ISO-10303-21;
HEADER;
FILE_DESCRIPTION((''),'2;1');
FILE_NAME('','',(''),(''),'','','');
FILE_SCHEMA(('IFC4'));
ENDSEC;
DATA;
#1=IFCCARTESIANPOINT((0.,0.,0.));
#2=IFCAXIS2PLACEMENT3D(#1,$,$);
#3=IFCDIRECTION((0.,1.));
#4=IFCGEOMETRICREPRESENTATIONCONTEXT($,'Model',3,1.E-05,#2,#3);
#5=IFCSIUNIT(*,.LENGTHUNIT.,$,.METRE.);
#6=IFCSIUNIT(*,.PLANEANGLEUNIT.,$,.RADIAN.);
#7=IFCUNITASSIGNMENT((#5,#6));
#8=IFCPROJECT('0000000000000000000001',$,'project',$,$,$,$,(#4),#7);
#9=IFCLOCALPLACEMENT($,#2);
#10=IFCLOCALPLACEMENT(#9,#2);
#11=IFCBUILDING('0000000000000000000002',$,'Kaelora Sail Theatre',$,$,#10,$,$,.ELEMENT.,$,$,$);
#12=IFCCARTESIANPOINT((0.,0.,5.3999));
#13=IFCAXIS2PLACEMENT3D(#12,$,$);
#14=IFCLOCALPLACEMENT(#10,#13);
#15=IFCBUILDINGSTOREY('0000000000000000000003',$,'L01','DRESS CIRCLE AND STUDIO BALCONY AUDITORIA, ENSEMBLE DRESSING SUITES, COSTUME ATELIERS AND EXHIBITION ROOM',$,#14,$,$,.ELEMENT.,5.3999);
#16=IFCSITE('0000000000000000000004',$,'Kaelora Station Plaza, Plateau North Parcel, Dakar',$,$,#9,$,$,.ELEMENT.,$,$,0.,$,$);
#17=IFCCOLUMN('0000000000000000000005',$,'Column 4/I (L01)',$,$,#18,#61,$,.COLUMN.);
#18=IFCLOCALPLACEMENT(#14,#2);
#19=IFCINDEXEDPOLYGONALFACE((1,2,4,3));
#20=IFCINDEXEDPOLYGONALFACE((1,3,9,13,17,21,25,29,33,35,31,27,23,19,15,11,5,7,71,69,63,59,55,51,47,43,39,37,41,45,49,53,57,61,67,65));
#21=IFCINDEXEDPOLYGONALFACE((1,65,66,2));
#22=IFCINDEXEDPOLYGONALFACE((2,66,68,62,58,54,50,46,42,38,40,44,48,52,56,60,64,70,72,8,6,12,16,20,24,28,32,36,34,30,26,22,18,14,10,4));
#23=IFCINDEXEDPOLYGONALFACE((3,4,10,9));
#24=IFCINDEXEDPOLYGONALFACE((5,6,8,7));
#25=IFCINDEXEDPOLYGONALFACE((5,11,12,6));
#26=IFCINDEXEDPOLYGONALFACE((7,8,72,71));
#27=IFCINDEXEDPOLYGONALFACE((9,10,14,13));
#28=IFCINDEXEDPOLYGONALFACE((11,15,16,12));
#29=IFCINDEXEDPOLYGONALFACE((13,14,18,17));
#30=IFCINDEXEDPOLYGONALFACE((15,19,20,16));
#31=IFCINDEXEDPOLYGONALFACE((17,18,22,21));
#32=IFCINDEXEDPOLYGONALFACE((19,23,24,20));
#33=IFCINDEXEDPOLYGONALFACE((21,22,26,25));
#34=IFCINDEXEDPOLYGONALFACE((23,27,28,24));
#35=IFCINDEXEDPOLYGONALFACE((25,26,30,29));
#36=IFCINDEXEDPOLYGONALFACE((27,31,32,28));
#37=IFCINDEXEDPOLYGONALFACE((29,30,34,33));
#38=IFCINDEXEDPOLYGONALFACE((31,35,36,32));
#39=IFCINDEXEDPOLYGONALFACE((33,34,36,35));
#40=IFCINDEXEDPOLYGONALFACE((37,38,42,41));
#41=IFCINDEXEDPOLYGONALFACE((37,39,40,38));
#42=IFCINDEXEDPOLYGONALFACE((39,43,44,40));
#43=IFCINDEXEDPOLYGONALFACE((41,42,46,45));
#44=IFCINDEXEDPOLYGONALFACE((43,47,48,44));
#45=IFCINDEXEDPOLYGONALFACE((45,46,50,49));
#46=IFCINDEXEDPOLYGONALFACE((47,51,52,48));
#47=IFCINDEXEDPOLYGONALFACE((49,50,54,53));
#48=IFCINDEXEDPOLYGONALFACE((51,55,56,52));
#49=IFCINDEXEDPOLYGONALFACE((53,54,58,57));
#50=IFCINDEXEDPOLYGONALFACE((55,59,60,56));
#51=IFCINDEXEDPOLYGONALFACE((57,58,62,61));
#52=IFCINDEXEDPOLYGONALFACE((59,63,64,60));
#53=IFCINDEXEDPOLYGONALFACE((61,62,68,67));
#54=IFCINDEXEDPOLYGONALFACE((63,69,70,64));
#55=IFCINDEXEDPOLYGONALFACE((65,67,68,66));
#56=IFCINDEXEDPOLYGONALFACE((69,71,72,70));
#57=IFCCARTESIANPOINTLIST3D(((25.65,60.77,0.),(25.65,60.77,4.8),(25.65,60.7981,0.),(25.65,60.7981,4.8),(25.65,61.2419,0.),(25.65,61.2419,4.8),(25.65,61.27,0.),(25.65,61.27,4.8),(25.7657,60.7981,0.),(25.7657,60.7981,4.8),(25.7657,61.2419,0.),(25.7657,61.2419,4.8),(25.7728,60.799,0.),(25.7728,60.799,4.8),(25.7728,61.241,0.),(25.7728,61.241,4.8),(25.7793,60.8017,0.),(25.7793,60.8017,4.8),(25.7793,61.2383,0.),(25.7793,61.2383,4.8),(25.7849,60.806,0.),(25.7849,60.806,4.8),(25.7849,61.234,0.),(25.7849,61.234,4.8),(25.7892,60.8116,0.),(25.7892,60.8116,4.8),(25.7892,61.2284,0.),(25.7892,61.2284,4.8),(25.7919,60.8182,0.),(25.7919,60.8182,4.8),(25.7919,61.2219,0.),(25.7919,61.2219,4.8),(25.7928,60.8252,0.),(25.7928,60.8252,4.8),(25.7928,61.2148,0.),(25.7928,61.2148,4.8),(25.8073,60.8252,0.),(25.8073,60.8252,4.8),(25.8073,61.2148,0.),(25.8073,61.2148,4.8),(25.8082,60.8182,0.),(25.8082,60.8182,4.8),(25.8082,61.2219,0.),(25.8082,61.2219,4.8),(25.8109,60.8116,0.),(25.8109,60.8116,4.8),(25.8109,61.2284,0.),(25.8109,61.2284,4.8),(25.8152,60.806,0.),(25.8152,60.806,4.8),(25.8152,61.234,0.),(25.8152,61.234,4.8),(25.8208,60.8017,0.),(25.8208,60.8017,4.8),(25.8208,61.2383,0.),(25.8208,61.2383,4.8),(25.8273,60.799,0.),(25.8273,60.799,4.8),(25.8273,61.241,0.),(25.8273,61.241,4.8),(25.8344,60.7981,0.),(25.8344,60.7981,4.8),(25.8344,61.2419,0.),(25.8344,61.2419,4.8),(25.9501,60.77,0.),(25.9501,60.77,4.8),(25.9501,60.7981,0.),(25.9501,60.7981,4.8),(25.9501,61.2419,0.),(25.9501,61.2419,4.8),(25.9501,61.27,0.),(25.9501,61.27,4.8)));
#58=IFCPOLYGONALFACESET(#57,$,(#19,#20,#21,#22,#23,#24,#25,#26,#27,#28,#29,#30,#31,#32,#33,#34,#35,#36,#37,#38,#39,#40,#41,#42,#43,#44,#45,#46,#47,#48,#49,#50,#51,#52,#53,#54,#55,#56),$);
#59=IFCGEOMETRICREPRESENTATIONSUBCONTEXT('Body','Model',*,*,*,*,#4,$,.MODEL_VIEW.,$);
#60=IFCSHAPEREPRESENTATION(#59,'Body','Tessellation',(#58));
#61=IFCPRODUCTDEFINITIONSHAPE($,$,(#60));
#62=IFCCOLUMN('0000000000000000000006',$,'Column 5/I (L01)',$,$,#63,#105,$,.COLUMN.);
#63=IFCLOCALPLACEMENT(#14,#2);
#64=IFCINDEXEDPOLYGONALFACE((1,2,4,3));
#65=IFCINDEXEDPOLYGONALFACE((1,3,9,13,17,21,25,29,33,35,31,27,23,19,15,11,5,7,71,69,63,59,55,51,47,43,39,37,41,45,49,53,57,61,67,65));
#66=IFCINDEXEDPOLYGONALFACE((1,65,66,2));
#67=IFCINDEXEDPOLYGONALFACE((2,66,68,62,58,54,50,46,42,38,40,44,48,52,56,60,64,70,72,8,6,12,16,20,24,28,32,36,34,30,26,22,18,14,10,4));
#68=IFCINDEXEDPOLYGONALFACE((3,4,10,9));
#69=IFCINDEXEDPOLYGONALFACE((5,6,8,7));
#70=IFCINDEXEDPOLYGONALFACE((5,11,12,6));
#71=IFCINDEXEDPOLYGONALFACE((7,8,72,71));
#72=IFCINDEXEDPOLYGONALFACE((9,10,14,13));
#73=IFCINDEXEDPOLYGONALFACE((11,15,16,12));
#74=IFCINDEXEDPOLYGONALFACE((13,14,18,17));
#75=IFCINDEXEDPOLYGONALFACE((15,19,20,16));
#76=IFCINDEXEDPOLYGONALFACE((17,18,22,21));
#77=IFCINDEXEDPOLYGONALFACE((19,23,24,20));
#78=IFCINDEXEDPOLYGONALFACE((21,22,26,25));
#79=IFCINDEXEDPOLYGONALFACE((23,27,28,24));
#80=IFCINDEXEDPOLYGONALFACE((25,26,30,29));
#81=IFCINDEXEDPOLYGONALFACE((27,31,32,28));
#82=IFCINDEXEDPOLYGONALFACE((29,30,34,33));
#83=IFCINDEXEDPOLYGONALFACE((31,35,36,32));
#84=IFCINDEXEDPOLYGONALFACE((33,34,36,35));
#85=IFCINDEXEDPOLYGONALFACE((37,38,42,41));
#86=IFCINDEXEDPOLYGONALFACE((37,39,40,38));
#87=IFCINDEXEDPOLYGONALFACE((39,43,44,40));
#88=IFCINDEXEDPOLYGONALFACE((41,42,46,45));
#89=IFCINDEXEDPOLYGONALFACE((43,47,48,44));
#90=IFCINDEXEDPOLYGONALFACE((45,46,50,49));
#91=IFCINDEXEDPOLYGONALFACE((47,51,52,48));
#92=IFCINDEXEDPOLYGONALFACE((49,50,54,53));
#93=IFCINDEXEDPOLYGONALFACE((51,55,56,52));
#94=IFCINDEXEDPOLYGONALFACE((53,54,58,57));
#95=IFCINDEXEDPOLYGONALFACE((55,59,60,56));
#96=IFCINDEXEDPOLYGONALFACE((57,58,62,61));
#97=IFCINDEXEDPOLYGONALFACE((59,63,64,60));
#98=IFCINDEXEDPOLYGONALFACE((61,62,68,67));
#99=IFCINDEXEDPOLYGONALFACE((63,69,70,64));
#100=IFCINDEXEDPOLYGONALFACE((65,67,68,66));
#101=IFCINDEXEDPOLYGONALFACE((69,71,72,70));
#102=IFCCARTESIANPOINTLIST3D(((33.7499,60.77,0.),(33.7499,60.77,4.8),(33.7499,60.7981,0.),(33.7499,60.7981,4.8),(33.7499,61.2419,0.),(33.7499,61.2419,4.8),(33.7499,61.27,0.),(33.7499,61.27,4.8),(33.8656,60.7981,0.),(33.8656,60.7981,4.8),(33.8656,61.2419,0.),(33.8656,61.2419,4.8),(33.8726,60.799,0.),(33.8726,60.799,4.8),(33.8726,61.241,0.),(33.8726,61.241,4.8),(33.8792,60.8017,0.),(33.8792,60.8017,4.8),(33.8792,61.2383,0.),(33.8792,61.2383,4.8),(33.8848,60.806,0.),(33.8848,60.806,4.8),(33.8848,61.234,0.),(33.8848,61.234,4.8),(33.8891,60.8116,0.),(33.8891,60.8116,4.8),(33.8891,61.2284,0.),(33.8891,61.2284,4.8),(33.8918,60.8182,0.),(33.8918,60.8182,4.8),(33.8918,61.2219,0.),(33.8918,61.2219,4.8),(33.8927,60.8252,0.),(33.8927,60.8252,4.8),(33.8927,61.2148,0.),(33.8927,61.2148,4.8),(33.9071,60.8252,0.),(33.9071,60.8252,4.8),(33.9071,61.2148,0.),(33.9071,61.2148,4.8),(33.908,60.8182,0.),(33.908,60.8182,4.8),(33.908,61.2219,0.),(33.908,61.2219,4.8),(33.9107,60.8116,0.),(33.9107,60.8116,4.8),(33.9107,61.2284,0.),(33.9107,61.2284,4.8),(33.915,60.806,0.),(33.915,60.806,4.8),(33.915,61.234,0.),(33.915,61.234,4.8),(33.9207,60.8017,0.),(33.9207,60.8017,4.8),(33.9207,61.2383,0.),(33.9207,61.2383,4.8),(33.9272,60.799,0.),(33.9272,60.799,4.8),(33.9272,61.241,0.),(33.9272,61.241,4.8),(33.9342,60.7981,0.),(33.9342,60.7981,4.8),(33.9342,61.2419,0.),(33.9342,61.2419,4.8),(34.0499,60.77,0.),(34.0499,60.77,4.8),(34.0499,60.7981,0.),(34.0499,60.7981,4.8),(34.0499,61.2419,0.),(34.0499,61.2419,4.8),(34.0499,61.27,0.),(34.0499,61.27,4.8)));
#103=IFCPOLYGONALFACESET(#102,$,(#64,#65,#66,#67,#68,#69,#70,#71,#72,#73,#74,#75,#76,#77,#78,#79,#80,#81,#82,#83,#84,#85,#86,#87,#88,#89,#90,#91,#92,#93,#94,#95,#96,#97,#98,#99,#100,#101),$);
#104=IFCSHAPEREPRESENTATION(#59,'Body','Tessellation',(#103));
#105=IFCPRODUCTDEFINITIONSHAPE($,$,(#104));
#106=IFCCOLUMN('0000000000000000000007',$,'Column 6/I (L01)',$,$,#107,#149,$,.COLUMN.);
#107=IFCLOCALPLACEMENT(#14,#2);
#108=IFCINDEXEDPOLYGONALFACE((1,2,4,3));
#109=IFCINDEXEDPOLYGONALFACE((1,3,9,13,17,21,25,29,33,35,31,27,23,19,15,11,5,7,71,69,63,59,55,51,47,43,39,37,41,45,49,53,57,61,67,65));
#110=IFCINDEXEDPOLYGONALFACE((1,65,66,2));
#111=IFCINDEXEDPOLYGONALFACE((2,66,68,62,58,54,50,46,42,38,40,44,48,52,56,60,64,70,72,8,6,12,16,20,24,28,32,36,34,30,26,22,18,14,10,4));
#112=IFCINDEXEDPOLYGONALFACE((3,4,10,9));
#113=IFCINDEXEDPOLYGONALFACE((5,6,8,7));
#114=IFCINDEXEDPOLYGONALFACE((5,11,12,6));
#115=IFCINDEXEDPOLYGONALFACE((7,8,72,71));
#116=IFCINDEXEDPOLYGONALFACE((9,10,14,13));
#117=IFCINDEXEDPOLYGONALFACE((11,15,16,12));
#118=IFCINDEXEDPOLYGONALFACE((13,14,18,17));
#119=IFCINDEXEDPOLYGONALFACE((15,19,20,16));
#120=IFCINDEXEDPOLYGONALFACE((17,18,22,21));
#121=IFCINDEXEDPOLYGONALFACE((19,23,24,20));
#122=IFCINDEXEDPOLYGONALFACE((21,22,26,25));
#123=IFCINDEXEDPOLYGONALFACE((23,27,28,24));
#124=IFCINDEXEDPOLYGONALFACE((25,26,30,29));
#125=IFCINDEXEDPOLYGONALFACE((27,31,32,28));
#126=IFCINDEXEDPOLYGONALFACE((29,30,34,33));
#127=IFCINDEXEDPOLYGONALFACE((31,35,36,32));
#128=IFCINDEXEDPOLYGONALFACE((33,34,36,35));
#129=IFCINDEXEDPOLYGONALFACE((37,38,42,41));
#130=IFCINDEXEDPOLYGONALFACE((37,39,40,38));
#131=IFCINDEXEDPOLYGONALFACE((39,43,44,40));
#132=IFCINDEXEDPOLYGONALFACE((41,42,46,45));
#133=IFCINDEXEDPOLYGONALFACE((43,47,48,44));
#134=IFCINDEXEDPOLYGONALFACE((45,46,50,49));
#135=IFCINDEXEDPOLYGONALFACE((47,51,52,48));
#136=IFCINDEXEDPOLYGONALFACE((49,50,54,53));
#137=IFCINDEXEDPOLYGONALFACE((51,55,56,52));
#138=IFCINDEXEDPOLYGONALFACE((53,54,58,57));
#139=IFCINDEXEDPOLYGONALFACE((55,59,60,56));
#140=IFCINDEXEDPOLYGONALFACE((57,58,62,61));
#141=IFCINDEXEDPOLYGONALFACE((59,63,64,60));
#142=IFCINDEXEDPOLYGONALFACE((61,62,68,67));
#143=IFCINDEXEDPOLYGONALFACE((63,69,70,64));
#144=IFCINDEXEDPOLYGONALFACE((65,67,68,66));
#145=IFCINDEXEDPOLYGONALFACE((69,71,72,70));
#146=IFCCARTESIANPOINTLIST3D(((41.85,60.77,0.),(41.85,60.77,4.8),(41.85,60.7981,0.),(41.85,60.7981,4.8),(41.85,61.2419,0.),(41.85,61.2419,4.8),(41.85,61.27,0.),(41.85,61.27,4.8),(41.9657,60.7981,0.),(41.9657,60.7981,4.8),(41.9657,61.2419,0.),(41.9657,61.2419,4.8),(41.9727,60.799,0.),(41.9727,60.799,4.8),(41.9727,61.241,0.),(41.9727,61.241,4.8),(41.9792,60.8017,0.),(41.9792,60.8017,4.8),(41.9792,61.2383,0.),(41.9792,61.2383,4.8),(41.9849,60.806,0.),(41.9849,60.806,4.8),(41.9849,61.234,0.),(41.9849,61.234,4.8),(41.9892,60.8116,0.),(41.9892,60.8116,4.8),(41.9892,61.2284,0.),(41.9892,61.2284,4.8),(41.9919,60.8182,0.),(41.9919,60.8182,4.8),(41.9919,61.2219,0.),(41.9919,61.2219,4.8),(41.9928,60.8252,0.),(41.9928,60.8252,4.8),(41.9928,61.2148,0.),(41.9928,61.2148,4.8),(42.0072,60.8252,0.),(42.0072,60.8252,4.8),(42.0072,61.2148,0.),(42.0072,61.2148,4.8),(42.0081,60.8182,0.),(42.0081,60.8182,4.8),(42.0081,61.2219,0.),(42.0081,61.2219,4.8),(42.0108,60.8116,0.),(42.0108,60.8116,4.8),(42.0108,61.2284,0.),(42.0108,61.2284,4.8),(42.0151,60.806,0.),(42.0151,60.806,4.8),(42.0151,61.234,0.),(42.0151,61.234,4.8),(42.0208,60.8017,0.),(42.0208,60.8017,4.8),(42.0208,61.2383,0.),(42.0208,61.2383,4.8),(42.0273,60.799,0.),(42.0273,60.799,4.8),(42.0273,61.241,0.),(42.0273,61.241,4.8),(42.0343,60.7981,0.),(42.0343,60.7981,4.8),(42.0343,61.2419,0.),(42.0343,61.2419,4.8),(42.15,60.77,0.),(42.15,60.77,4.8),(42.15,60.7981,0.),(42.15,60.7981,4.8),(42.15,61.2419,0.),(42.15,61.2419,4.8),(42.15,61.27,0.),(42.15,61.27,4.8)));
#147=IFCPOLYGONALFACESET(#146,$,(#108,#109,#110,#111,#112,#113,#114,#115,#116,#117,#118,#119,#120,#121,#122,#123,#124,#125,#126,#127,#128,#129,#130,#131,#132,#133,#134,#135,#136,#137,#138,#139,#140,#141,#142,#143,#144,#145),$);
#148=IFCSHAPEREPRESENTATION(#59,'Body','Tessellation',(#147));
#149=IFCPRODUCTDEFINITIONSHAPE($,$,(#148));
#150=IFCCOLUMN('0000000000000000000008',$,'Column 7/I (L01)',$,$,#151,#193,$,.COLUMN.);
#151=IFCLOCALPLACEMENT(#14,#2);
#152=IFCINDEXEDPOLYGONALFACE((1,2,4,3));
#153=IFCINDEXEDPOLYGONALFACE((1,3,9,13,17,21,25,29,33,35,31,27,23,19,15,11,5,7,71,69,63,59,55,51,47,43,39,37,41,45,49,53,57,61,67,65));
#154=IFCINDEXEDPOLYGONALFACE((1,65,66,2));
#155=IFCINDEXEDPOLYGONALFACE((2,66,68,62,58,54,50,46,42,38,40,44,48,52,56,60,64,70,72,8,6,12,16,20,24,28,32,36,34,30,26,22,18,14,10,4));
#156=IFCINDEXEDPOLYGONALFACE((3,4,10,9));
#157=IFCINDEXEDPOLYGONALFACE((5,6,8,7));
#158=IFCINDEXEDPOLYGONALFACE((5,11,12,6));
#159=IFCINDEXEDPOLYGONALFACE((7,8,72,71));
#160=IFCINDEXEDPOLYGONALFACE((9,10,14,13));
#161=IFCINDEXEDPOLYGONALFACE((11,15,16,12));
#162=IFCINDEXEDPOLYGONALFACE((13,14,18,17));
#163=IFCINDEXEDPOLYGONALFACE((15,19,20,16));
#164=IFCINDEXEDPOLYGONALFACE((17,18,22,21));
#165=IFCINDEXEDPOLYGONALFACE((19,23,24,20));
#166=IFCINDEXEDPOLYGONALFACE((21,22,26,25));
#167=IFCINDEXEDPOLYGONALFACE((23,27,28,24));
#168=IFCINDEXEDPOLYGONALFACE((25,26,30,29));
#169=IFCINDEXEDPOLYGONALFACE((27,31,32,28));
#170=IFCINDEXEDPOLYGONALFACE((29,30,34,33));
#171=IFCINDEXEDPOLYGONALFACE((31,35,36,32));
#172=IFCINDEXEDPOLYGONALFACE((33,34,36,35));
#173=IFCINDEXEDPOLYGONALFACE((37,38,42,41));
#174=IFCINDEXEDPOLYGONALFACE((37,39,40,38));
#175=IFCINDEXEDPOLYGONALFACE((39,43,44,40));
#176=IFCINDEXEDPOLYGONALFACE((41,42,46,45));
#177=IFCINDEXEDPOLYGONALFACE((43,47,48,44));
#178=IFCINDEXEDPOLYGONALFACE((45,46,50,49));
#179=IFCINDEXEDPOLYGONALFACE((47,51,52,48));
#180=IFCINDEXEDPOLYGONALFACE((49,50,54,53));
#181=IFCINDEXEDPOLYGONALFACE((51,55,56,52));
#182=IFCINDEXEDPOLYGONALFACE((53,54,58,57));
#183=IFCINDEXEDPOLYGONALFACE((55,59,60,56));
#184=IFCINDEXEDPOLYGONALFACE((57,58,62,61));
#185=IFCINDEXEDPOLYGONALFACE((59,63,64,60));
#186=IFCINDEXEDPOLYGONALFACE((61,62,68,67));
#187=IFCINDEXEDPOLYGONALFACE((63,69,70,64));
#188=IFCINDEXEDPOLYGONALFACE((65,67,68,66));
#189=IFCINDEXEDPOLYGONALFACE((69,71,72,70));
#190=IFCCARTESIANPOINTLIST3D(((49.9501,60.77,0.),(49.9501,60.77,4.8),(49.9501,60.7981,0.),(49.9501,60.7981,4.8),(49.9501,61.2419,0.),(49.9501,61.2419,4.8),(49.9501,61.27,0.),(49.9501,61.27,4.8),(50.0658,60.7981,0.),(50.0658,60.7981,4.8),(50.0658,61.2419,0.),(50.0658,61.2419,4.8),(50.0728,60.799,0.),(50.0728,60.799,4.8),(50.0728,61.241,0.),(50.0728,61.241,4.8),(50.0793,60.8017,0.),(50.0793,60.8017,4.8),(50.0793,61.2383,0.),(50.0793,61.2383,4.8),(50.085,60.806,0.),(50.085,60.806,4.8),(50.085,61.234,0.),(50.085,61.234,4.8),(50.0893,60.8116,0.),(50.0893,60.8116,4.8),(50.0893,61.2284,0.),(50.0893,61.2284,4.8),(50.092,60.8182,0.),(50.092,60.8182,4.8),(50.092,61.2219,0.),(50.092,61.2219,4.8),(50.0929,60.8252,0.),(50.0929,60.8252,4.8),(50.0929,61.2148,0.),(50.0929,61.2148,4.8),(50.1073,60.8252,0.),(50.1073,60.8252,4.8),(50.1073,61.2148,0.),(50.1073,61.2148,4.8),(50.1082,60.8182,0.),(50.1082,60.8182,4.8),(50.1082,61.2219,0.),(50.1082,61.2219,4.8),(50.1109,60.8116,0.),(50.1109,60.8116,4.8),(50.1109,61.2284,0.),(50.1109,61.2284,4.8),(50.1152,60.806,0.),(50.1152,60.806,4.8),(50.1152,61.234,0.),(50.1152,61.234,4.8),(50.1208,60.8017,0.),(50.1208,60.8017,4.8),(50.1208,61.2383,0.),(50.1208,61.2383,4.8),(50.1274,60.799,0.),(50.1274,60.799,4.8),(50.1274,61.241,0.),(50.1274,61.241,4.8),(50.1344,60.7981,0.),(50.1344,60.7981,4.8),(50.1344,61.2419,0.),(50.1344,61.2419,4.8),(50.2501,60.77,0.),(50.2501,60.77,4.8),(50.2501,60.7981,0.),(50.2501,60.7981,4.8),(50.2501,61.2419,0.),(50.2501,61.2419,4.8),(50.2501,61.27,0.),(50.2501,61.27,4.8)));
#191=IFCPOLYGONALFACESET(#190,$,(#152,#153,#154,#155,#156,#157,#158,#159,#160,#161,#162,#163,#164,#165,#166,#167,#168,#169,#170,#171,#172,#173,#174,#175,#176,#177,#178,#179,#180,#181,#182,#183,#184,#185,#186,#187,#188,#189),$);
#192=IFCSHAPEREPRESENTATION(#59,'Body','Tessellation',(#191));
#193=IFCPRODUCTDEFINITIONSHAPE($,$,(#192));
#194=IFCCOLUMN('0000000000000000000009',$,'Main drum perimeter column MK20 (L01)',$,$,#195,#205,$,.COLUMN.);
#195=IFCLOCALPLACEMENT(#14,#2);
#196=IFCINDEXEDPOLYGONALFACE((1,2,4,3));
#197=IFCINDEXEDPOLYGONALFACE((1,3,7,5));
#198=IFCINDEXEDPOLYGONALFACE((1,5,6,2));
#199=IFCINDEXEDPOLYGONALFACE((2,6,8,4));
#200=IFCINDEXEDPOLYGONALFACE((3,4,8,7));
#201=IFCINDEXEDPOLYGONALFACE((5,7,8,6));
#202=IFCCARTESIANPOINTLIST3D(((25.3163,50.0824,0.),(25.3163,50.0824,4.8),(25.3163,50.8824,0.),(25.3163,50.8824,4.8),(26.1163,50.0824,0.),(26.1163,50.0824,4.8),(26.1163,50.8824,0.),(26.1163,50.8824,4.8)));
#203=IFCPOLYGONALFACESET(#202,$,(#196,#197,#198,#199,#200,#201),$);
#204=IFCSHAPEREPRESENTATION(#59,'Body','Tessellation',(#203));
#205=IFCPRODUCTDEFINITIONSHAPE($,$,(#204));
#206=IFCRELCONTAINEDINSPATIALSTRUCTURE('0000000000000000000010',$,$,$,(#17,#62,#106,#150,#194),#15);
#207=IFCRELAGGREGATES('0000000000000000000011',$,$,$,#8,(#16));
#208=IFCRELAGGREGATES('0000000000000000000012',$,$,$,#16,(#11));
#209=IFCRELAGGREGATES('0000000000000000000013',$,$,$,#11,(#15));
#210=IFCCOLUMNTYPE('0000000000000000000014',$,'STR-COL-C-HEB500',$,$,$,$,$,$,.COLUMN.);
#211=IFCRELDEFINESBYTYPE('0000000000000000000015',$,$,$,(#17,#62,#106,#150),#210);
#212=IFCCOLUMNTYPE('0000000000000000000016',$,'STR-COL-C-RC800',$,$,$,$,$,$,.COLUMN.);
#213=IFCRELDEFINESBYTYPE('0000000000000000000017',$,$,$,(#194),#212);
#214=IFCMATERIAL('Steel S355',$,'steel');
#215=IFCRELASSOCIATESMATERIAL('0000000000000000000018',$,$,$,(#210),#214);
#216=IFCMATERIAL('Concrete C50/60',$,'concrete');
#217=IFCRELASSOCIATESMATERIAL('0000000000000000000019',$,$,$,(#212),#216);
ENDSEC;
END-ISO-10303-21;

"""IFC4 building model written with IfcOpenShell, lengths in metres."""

from ifc_helpers import new_model, si_unit, direction, frame, origin, origin_2d, place, context, subcontext, project, spatial, rectangle, i_section, extrude, material, material_profile, profile_set, type_object, element, save


model = new_model("IFC4")

# Units and contexts
model_context = context("Model", 3, precision=1e-05, world=origin(), true_north=direction((0.0, 1.0)))
body_context = subcontext(model_context, "Body", "Model", "MODEL_VIEW")
ifc_project = project(units=[si_unit("LENGTHUNIT", "METRE"), si_unit("PLANEANGLEUNIT", "RADIAN")], contexts=[model_context])

# Site, building, storey
site_placement = place(None, origin())
site = spatial("IfcSite", under=ifc_project, at=site_placement, Name="Kaelora Station Plaza, Plateau North Parcel, Dakar", CompositionType="ELEMENT", RefElevation=0.0)
building_placement = place(site_placement, origin())
building = spatial("IfcBuilding", under=site, at=building_placement, Name="Kaelora Sail Theatre", CompositionType="ELEMENT")
storey_placement = place(building_placement, frame((0.0, 0.0, 5.3999)))
storey = spatial("IfcBuildingStorey", under=building, at=storey_placement, Name="L01", Description="DRESS CIRCLE AND STUDIO BALCONY AUDITORIA, ENSEMBLE DRESSING SUITES, COSTUME ATELIERS AND EXHIBITION ROOM", CompositionType="ELEMENT", Elevation=5.3999)

# Columns
ifc_material_1 = material(Name="Steel S355", Category="steel")
ifc_material_profile_1 = material_profile(ifc_material_1, i_section(OverallWidth=0.3, OverallDepth=0.5, WebThickness=0.0144, FlangeThickness=0.0281, FilletRadius=0.0271, at=origin_2d()), Name="HEB 500")
ifc_profile_set_1 = profile_set([ifc_material_profile_1], Name="Steel S355")
column_type_1 = type_object("IfcColumnType", Name="STR-COL-C-HEB500", PredefinedType="COLUMN", material=ifc_profile_set_1)
for number, where, z_axis, x_axis, name in (
    (1, (25.8, 61.02, 0.0), (0.0, 0.0, 1.0), (1.0, 0.0, 0.0), "Column 4/I (L01)"),
    (2, (33.8999, 61.02, 0.0), (0.0, 0.0, 1.0), (1.0, 0.0, 0.0), "Column 5/I (L01)"),
    (3, (42.0, 61.02, 0.0), (0.0, 0.0, 1.0), (1.0, 0.0, 0.0), "Column 6/I (L01)"),
    (4, (50.1001, 61.02, 0.0), (0.0, 0.0, 1.0), (1.0, 0.0, 0.0), "Column 7/I (L01)"),
):
    element("IfcColumn", number, at=place(storey_placement, frame(where, z_axis=z_axis, x_axis=x_axis)), inside=storey, type_object=column_type_1, Name=name, PredefinedType="COLUMN", context=body_context, shape_type="SweptSolid", body=[
        extrude(i_section(OverallWidth=0.3, OverallDepth=0.5, WebThickness=0.0144, FlangeThickness=0.0281, FilletRadius=0.0271, at=origin_2d()), origin(), (0.0, 0.0, 1.0), 4.8),
    ])
ifc_material_2 = material(Name="Concrete C50/60", Category="concrete")
ifc_material_profile_2 = material_profile(ifc_material_2, rectangle(XDim=0.8, YDim=0.8, at=origin_2d()), Name="RC-COL 800x800")
ifc_profile_set_2 = profile_set([ifc_material_profile_2], Name="Concrete C50/60")
column_type_2 = type_object("IfcColumnType", Name="STR-COL-C-RC800", PredefinedType="COLUMN", material=ifc_profile_set_2)
column_placement = place(storey_placement, frame((25.7163, 50.4824, 0.0), z_axis=(0.0, 0.0, 1.0), x_axis=(1.0, 0.0, 0.0)))
element("IfcColumn", 5, at=column_placement, inside=storey, type_object=column_type_2, Name="Main drum perimeter column MK20 (L01)", PredefinedType="COLUMN", context=body_context, shape_type="SweptSolid", body=[
    extrude(rectangle(XDim=0.8, YDim=0.8, at=origin_2d()), origin(), (0.0, 0.0, 1.0), 4.8),
])

save(model, "model.ifc")
